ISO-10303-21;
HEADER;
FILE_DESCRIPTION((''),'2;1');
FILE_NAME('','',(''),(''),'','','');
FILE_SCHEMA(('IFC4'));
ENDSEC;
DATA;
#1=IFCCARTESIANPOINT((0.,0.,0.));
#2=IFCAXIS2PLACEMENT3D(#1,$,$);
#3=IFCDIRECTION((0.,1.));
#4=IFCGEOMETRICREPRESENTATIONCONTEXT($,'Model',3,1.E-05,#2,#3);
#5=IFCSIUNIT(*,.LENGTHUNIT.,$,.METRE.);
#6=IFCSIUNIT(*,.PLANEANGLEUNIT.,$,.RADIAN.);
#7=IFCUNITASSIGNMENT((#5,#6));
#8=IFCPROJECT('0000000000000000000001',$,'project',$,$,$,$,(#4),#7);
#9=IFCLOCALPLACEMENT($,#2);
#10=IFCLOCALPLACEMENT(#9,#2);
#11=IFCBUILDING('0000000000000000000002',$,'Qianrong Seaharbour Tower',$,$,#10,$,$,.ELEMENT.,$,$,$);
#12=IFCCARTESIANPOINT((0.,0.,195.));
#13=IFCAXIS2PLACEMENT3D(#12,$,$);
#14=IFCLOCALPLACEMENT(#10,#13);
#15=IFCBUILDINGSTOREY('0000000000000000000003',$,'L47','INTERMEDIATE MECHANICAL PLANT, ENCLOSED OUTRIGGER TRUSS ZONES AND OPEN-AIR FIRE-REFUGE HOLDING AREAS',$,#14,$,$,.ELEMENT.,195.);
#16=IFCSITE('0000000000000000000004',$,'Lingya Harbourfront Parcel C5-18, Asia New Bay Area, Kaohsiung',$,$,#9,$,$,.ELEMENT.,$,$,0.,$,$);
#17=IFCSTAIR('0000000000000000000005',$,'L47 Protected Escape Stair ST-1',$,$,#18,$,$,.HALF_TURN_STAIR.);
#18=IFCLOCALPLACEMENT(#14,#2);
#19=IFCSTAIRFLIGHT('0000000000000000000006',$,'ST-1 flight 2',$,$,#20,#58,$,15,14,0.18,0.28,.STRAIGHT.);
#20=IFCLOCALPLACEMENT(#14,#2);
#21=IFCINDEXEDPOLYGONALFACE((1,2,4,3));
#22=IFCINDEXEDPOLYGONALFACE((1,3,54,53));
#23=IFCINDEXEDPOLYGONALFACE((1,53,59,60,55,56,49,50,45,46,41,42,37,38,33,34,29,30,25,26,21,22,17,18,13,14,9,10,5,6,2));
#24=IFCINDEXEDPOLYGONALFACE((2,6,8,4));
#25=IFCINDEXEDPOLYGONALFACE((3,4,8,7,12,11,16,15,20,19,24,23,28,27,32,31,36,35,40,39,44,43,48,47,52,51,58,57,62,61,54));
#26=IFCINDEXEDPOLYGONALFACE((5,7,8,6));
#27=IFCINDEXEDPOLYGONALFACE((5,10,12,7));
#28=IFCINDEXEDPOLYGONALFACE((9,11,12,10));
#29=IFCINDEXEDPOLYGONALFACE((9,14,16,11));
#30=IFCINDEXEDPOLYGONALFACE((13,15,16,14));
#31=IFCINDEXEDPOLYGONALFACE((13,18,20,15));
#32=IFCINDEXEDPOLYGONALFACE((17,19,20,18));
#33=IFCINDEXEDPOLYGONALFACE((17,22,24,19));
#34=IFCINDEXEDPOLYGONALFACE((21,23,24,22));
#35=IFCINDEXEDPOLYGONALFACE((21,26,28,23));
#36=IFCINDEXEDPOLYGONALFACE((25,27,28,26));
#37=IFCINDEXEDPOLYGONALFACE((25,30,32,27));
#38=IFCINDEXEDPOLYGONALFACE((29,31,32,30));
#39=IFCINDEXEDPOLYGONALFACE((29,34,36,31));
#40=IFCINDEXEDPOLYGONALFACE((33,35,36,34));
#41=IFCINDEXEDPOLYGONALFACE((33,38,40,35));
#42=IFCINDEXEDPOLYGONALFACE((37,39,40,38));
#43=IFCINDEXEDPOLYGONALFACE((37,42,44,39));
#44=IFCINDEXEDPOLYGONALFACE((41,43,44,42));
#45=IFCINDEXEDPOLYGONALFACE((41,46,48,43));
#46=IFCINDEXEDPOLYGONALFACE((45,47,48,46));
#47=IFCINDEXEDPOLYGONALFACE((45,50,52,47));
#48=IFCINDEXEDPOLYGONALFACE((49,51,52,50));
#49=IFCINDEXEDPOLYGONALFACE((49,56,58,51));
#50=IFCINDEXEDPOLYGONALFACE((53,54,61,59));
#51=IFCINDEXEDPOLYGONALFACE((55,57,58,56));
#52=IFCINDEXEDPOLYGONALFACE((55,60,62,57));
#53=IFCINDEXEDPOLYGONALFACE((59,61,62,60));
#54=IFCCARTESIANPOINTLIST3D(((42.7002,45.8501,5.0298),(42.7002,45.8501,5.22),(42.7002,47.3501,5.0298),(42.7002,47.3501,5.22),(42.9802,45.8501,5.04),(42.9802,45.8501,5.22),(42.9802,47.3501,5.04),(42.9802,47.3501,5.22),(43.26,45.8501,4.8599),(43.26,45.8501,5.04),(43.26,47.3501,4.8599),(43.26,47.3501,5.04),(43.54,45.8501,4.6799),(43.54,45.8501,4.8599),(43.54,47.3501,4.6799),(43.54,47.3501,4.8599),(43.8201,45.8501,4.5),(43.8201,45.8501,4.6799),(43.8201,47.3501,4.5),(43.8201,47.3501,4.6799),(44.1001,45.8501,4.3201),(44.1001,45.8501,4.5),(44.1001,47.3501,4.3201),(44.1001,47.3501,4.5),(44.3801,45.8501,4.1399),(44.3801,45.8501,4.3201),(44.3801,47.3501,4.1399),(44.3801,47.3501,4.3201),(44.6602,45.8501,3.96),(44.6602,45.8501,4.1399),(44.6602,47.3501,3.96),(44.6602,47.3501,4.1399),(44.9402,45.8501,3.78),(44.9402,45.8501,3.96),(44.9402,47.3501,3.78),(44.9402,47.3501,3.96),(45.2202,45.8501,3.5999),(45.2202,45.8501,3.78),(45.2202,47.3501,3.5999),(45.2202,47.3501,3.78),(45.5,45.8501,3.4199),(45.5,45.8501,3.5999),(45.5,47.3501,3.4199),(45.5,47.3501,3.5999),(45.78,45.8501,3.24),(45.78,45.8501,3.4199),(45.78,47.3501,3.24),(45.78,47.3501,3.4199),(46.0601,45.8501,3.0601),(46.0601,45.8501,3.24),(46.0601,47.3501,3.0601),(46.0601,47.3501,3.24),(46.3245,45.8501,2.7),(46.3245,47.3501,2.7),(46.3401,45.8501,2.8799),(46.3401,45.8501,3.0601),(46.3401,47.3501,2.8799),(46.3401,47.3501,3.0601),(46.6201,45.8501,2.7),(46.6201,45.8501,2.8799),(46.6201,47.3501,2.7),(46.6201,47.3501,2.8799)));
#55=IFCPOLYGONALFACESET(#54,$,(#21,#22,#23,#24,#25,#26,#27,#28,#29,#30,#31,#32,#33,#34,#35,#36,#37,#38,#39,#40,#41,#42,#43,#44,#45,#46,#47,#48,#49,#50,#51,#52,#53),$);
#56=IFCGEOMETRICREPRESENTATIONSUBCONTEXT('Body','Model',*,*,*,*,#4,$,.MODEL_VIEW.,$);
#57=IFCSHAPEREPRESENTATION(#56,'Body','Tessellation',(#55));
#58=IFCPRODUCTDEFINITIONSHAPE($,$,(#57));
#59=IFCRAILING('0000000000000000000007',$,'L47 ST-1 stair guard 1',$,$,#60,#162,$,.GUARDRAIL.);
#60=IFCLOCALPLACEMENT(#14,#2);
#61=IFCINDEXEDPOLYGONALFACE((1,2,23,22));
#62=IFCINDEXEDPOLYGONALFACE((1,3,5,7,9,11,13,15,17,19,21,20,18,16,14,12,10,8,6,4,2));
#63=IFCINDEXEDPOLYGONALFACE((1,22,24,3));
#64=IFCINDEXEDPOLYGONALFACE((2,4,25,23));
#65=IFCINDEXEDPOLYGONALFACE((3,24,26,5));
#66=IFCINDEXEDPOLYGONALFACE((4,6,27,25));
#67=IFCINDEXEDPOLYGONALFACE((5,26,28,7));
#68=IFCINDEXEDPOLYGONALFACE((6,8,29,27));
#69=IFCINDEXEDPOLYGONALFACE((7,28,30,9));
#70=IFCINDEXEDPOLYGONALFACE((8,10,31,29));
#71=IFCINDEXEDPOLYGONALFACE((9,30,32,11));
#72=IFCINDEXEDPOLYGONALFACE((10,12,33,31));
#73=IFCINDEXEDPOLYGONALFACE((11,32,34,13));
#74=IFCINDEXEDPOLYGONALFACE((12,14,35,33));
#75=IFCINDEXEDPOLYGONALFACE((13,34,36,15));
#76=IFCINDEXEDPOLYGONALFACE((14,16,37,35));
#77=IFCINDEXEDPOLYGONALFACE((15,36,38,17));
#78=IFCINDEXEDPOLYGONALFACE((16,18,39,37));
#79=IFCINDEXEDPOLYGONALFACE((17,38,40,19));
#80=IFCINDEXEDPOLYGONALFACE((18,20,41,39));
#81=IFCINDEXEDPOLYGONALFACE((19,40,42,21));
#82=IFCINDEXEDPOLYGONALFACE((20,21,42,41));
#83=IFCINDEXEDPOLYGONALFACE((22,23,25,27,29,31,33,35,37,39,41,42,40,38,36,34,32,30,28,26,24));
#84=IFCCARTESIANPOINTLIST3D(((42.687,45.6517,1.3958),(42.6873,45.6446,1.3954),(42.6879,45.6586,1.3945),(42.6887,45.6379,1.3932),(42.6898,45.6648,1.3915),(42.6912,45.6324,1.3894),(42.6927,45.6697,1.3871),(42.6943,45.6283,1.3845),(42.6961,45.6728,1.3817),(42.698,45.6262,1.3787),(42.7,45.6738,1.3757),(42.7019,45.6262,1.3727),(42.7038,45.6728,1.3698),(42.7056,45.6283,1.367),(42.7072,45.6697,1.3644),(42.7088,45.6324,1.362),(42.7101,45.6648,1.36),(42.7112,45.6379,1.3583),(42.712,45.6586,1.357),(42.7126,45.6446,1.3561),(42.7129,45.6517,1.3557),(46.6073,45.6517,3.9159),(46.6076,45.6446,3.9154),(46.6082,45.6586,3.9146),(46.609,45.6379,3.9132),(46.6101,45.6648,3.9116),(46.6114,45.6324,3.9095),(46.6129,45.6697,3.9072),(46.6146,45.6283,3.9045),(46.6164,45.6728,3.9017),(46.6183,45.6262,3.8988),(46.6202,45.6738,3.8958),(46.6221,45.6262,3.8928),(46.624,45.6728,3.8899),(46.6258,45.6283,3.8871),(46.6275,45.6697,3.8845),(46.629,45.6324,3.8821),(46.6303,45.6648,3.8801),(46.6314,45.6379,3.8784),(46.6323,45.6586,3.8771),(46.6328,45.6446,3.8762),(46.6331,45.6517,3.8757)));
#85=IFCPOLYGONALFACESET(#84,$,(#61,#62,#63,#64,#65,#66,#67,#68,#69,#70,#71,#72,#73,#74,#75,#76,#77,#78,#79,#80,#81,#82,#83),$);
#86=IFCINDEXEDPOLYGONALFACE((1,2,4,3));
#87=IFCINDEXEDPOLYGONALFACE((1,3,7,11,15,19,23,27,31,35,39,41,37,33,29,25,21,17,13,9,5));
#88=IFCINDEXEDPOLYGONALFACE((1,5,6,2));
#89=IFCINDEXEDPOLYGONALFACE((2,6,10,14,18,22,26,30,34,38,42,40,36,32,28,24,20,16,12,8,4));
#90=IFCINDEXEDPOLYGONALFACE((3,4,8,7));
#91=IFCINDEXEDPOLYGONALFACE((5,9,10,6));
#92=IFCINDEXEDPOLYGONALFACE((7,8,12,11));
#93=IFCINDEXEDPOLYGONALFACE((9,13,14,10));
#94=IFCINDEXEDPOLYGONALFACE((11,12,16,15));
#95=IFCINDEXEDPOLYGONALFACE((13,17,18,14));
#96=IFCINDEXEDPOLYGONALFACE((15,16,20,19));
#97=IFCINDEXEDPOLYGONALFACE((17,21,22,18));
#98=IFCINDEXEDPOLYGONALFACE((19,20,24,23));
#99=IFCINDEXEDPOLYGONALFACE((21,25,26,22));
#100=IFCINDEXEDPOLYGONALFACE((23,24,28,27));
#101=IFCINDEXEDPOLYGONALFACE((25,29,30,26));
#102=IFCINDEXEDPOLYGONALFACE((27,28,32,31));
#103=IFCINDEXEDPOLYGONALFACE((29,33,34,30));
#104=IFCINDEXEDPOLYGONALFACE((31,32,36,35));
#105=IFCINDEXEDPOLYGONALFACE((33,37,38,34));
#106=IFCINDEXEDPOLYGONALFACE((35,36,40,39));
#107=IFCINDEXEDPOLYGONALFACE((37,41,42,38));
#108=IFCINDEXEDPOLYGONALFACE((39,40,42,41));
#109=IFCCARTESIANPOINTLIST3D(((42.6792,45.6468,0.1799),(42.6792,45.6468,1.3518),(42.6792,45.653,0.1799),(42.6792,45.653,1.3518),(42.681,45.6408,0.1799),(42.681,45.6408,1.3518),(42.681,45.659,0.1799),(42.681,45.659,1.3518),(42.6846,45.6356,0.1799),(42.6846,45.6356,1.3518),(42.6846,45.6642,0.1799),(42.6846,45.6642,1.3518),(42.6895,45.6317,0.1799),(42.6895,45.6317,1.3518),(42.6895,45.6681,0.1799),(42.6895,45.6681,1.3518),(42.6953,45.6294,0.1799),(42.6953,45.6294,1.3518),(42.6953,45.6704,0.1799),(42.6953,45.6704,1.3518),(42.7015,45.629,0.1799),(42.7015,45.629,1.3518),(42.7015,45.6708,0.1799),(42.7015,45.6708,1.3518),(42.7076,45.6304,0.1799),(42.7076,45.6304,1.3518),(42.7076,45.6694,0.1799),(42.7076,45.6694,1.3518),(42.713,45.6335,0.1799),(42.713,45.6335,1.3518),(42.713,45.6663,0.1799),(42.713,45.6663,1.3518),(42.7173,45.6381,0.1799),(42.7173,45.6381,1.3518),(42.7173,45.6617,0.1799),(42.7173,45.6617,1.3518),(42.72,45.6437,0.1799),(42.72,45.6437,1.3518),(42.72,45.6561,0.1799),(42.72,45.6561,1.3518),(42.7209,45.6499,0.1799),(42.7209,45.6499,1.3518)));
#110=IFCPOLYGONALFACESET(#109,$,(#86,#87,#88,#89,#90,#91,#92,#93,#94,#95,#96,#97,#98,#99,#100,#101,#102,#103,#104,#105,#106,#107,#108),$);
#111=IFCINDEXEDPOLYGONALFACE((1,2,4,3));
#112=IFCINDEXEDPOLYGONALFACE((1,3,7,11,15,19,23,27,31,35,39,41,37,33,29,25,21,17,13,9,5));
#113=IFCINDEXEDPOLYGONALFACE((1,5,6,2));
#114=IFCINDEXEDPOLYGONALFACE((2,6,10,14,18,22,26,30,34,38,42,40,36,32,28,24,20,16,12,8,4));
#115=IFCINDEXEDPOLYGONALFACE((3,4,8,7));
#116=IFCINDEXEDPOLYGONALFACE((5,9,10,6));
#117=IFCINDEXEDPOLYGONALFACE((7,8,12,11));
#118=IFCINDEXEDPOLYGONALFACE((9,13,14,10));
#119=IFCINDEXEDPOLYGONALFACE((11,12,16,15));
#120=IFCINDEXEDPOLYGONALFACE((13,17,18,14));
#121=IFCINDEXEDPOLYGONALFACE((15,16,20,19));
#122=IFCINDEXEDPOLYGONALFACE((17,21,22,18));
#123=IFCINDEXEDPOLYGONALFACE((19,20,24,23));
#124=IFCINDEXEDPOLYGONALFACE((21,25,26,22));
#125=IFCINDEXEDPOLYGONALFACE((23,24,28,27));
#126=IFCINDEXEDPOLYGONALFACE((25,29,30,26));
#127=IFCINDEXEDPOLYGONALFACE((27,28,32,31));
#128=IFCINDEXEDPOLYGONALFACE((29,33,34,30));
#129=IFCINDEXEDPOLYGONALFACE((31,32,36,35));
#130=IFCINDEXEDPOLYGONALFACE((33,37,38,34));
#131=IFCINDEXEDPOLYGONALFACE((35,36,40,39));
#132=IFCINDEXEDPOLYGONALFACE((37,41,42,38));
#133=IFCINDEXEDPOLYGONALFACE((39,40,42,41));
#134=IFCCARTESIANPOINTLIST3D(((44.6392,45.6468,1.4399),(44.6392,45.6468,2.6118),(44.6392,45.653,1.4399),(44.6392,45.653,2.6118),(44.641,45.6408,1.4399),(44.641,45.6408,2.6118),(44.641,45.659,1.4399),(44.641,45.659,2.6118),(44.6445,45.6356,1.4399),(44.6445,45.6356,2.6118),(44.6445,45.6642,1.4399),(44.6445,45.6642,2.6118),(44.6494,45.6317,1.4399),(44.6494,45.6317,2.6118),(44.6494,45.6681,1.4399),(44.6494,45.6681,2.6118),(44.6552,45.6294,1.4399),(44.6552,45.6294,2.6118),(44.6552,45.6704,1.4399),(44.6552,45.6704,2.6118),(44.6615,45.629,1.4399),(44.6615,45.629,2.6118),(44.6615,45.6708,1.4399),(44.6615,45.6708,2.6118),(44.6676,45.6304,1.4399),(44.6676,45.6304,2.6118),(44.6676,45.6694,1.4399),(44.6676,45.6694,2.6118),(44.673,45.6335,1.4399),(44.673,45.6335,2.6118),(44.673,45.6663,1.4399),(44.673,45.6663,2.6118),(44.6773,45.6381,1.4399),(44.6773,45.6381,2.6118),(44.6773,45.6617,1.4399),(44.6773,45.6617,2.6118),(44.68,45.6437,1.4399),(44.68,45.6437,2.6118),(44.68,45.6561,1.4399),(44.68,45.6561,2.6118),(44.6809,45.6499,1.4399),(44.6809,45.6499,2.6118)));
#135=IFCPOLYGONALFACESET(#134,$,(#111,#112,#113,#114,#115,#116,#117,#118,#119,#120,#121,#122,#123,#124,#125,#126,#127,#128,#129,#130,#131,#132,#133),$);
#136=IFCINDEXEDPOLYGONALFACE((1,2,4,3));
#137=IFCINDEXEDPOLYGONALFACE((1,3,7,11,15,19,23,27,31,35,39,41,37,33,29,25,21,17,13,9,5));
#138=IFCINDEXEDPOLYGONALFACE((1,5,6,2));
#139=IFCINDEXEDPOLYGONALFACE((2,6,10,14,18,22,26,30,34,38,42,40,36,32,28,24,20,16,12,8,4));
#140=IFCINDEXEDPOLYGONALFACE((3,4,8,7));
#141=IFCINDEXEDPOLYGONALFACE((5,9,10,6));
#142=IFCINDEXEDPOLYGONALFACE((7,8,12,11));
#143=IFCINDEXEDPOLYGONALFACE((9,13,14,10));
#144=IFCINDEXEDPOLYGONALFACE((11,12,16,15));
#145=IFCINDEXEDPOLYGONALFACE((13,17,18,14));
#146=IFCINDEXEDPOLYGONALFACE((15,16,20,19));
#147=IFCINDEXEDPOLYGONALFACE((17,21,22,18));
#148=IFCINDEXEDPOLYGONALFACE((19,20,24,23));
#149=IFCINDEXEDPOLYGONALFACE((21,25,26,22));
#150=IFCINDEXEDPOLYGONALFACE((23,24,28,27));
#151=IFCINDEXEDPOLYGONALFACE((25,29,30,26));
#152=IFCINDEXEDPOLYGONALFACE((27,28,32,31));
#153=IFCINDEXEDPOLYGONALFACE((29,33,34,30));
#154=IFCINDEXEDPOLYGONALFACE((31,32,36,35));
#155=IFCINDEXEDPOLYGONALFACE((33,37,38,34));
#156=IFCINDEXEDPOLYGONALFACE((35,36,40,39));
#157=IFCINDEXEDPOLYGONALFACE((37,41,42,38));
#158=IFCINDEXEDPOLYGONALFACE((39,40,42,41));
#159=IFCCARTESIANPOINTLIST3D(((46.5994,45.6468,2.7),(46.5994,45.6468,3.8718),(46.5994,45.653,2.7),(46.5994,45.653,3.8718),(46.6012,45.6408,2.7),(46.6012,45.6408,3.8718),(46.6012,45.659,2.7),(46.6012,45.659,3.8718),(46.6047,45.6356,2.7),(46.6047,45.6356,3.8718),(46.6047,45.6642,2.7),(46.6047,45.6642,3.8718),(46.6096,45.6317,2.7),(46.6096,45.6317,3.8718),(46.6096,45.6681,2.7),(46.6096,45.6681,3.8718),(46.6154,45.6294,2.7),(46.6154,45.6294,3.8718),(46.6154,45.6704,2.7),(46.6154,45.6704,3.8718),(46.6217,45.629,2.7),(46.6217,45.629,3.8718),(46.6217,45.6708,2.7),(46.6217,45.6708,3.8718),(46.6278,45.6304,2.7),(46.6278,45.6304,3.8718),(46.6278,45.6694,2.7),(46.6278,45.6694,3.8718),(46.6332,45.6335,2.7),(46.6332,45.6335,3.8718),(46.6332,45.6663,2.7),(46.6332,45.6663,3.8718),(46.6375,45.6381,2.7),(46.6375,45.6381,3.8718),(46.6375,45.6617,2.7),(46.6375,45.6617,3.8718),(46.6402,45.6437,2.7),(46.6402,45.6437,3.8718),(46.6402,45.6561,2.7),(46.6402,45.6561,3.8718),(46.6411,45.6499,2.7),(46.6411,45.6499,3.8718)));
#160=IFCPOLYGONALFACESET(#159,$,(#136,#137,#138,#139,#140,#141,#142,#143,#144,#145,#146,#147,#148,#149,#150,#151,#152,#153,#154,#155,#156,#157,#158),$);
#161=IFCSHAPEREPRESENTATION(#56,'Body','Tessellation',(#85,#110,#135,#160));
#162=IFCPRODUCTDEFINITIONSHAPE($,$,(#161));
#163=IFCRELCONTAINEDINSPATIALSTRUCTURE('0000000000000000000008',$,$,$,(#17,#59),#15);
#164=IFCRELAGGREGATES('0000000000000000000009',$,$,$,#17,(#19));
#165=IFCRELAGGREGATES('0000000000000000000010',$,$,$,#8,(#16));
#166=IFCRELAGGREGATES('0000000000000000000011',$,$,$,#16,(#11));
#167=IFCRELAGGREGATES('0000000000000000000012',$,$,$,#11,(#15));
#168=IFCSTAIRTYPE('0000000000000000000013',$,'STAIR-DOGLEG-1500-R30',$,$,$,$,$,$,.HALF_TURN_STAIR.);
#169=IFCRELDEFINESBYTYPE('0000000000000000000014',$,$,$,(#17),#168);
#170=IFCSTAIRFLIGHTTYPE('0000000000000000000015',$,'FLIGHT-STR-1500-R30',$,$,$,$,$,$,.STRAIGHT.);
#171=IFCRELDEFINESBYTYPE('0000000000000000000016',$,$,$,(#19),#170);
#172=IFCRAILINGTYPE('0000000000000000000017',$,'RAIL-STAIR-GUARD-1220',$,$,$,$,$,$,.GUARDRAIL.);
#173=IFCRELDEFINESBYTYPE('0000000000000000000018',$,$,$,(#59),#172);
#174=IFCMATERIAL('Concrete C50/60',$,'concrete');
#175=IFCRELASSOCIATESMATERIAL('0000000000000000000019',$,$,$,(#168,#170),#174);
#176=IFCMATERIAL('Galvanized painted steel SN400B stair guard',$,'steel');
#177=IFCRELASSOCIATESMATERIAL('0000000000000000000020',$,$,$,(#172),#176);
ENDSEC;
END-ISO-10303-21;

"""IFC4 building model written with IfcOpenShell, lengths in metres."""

from ifc_helpers import new_model, si_unit, direction, frame, origin, origin_2d, place, context, subcontext, project, spatial, polyline, circle, outline, extrude, material, type_object, element, aggregate, save


model = new_model("IFC4")

# Units and contexts
model_context = context("Model", 3, precision=1e-05, world=origin(), true_north=direction((0.0, 1.0)))
body_context = subcontext(model_context, "Body", "Model", "MODEL_VIEW")
ifc_project = project(units=[si_unit("LENGTHUNIT", "METRE"), si_unit("PLANEANGLEUNIT", "RADIAN")], contexts=[model_context])

# Site, building, storey
site_placement = place(None, origin())
site = spatial("IfcSite", under=ifc_project, at=site_placement, Name="Lingya Harbourfront Parcel C5-18, Asia New Bay Area, Kaohsiung", CompositionType="ELEMENT", RefElevation=0.0)
building_placement = place(site_placement, origin())
building = spatial("IfcBuilding", under=site, at=building_placement, Name="Qianrong Seaharbour Tower", CompositionType="ELEMENT")
storey_placement = place(building_placement, frame((0.0, 0.0, 195.0)))
storey = spatial("IfcBuildingStorey", under=building, at=storey_placement, Name="L47", Description="INTERMEDIATE MECHANICAL PLANT, ENCLOSED OUTRIGGER TRUSS ZONES AND OPEN-AIR FIRE-REFUGE HOLDING AREAS", CompositionType="ELEMENT", Elevation=195.0)

# Shared definitions
ifc_material_1 = material(Name="Concrete C50/60", Category="concrete")

# Stair, stair flight
stair_type = type_object("IfcStairType", Name="STAIR-DOGLEG-1500-R30", PredefinedType="HALF_TURN_STAIR", material=ifc_material_1)
stair_placement = place(storey_placement, origin())
stair = element("IfcStair", 1, at=stair_placement, inside=storey, type_object=stair_type, Name="L47 Protected Escape Stair ST-1", PredefinedType="HALF_TURN_STAIR")
stair_flight_type = type_object("IfcStairFlightType", Name="FLIGHT-STR-1500-R30", PredefinedType="STRAIGHT", material=ifc_material_1)
stair_flight_1_placement = place(storey_placement, frame((46.6201, 46.6001, 2.7), z_axis=(0.0, 0.0, 1.0), x_axis=(-1.0, 0.0, 0.0)))
stair_flight_1 = element("IfcStairFlight", 2, at=stair_flight_1_placement, type_object=stair_flight_type, Name="ST-1 flight 2", NumberOfRisers=15, NumberOfTreads=14, PredefinedType="STRAIGHT", RiserHeight=0.18, TreadLength=0.28, context=body_context, shape_type="SweptSolid", body=[
    extrude(outline(polyline([(0.0, 0.0), (0.0, 0.1799), (0.28, 0.1799), (0.28, 0.3601), (0.5601, 0.3601), (0.5601, 0.54), (0.8401, 0.54), (0.8401, 0.72), (1.1201, 0.72), (1.1201, 0.8999), (1.3999, 0.8999), (1.3999, 1.0801), (1.6799, 1.0801), (1.6799, 1.26), (1.96, 1.26), (1.96, 1.4399), (2.24, 1.4399), (2.24, 1.6201), (2.52, 1.6201), (2.52, 1.8), (2.8, 1.8), (2.8, 1.98), (3.0801, 1.98), (3.0801, 2.1599), (3.3601, 2.1599), (3.3601, 2.3401), (3.6399, 2.3401), (3.6399, 2.52), (3.9199, 2.52), (3.9199, 2.7), (3.9199, 2.3298), (0.2957, 0.0), (0.0, 0.0)])), frame((0.0, 0.75, 0.0), z_axis=(0.0, -1.0, 0.0), x_axis=(1.0, 0.0, 0.0)), (0.0, 0.0, 1.0), 1.5),
])
aggregate(stair, [stair_flight_1])

# Railing
ifc_material_2 = material(Name="Galvanized painted steel SN400B stair guard", Category="steel")
railing_type_1 = type_object("IfcRailingType", Name="RAIL-STAIR-GUARD-1220", PredefinedType="GUARDRAIL", material=ifc_material_2)
railing_1_placement = place(storey_placement, frame((42.7, 45.6499, 0.1799)))
element("IfcRailing", 3, at=railing_1_placement, inside=storey, type_object=railing_type_1, Name="L47 ST-1 stair guard 1", PredefinedType="GUARDRAIL", context=body_context, shape_type="SweptSolid", body=[
    extrude(circle(Radius=0.0239, at=origin_2d()), frame((0.0, 0.0, 1.1958), z_axis=(0.841187, 0.0, 0.540744), x_axis=(0.0, 1.0, 0.0)), (0.0, 0.0, 1.0), 4.6604),
    extrude(circle(Radius=0.021, at=origin_2d()), origin(), (0.0, 0.0, 1.0), 1.1719),
    extrude(circle(Radius=0.021, at=origin_2d()), frame((1.96, 0.0, 1.26)), (0.0, 0.0, 1.0), 1.1719),
    extrude(circle(Radius=0.021, at=origin_2d()), frame((3.9202, 0.0, 2.52)), (0.0, 0.0, 1.0), 1.1719),
])

save(model, "model.ifc")
